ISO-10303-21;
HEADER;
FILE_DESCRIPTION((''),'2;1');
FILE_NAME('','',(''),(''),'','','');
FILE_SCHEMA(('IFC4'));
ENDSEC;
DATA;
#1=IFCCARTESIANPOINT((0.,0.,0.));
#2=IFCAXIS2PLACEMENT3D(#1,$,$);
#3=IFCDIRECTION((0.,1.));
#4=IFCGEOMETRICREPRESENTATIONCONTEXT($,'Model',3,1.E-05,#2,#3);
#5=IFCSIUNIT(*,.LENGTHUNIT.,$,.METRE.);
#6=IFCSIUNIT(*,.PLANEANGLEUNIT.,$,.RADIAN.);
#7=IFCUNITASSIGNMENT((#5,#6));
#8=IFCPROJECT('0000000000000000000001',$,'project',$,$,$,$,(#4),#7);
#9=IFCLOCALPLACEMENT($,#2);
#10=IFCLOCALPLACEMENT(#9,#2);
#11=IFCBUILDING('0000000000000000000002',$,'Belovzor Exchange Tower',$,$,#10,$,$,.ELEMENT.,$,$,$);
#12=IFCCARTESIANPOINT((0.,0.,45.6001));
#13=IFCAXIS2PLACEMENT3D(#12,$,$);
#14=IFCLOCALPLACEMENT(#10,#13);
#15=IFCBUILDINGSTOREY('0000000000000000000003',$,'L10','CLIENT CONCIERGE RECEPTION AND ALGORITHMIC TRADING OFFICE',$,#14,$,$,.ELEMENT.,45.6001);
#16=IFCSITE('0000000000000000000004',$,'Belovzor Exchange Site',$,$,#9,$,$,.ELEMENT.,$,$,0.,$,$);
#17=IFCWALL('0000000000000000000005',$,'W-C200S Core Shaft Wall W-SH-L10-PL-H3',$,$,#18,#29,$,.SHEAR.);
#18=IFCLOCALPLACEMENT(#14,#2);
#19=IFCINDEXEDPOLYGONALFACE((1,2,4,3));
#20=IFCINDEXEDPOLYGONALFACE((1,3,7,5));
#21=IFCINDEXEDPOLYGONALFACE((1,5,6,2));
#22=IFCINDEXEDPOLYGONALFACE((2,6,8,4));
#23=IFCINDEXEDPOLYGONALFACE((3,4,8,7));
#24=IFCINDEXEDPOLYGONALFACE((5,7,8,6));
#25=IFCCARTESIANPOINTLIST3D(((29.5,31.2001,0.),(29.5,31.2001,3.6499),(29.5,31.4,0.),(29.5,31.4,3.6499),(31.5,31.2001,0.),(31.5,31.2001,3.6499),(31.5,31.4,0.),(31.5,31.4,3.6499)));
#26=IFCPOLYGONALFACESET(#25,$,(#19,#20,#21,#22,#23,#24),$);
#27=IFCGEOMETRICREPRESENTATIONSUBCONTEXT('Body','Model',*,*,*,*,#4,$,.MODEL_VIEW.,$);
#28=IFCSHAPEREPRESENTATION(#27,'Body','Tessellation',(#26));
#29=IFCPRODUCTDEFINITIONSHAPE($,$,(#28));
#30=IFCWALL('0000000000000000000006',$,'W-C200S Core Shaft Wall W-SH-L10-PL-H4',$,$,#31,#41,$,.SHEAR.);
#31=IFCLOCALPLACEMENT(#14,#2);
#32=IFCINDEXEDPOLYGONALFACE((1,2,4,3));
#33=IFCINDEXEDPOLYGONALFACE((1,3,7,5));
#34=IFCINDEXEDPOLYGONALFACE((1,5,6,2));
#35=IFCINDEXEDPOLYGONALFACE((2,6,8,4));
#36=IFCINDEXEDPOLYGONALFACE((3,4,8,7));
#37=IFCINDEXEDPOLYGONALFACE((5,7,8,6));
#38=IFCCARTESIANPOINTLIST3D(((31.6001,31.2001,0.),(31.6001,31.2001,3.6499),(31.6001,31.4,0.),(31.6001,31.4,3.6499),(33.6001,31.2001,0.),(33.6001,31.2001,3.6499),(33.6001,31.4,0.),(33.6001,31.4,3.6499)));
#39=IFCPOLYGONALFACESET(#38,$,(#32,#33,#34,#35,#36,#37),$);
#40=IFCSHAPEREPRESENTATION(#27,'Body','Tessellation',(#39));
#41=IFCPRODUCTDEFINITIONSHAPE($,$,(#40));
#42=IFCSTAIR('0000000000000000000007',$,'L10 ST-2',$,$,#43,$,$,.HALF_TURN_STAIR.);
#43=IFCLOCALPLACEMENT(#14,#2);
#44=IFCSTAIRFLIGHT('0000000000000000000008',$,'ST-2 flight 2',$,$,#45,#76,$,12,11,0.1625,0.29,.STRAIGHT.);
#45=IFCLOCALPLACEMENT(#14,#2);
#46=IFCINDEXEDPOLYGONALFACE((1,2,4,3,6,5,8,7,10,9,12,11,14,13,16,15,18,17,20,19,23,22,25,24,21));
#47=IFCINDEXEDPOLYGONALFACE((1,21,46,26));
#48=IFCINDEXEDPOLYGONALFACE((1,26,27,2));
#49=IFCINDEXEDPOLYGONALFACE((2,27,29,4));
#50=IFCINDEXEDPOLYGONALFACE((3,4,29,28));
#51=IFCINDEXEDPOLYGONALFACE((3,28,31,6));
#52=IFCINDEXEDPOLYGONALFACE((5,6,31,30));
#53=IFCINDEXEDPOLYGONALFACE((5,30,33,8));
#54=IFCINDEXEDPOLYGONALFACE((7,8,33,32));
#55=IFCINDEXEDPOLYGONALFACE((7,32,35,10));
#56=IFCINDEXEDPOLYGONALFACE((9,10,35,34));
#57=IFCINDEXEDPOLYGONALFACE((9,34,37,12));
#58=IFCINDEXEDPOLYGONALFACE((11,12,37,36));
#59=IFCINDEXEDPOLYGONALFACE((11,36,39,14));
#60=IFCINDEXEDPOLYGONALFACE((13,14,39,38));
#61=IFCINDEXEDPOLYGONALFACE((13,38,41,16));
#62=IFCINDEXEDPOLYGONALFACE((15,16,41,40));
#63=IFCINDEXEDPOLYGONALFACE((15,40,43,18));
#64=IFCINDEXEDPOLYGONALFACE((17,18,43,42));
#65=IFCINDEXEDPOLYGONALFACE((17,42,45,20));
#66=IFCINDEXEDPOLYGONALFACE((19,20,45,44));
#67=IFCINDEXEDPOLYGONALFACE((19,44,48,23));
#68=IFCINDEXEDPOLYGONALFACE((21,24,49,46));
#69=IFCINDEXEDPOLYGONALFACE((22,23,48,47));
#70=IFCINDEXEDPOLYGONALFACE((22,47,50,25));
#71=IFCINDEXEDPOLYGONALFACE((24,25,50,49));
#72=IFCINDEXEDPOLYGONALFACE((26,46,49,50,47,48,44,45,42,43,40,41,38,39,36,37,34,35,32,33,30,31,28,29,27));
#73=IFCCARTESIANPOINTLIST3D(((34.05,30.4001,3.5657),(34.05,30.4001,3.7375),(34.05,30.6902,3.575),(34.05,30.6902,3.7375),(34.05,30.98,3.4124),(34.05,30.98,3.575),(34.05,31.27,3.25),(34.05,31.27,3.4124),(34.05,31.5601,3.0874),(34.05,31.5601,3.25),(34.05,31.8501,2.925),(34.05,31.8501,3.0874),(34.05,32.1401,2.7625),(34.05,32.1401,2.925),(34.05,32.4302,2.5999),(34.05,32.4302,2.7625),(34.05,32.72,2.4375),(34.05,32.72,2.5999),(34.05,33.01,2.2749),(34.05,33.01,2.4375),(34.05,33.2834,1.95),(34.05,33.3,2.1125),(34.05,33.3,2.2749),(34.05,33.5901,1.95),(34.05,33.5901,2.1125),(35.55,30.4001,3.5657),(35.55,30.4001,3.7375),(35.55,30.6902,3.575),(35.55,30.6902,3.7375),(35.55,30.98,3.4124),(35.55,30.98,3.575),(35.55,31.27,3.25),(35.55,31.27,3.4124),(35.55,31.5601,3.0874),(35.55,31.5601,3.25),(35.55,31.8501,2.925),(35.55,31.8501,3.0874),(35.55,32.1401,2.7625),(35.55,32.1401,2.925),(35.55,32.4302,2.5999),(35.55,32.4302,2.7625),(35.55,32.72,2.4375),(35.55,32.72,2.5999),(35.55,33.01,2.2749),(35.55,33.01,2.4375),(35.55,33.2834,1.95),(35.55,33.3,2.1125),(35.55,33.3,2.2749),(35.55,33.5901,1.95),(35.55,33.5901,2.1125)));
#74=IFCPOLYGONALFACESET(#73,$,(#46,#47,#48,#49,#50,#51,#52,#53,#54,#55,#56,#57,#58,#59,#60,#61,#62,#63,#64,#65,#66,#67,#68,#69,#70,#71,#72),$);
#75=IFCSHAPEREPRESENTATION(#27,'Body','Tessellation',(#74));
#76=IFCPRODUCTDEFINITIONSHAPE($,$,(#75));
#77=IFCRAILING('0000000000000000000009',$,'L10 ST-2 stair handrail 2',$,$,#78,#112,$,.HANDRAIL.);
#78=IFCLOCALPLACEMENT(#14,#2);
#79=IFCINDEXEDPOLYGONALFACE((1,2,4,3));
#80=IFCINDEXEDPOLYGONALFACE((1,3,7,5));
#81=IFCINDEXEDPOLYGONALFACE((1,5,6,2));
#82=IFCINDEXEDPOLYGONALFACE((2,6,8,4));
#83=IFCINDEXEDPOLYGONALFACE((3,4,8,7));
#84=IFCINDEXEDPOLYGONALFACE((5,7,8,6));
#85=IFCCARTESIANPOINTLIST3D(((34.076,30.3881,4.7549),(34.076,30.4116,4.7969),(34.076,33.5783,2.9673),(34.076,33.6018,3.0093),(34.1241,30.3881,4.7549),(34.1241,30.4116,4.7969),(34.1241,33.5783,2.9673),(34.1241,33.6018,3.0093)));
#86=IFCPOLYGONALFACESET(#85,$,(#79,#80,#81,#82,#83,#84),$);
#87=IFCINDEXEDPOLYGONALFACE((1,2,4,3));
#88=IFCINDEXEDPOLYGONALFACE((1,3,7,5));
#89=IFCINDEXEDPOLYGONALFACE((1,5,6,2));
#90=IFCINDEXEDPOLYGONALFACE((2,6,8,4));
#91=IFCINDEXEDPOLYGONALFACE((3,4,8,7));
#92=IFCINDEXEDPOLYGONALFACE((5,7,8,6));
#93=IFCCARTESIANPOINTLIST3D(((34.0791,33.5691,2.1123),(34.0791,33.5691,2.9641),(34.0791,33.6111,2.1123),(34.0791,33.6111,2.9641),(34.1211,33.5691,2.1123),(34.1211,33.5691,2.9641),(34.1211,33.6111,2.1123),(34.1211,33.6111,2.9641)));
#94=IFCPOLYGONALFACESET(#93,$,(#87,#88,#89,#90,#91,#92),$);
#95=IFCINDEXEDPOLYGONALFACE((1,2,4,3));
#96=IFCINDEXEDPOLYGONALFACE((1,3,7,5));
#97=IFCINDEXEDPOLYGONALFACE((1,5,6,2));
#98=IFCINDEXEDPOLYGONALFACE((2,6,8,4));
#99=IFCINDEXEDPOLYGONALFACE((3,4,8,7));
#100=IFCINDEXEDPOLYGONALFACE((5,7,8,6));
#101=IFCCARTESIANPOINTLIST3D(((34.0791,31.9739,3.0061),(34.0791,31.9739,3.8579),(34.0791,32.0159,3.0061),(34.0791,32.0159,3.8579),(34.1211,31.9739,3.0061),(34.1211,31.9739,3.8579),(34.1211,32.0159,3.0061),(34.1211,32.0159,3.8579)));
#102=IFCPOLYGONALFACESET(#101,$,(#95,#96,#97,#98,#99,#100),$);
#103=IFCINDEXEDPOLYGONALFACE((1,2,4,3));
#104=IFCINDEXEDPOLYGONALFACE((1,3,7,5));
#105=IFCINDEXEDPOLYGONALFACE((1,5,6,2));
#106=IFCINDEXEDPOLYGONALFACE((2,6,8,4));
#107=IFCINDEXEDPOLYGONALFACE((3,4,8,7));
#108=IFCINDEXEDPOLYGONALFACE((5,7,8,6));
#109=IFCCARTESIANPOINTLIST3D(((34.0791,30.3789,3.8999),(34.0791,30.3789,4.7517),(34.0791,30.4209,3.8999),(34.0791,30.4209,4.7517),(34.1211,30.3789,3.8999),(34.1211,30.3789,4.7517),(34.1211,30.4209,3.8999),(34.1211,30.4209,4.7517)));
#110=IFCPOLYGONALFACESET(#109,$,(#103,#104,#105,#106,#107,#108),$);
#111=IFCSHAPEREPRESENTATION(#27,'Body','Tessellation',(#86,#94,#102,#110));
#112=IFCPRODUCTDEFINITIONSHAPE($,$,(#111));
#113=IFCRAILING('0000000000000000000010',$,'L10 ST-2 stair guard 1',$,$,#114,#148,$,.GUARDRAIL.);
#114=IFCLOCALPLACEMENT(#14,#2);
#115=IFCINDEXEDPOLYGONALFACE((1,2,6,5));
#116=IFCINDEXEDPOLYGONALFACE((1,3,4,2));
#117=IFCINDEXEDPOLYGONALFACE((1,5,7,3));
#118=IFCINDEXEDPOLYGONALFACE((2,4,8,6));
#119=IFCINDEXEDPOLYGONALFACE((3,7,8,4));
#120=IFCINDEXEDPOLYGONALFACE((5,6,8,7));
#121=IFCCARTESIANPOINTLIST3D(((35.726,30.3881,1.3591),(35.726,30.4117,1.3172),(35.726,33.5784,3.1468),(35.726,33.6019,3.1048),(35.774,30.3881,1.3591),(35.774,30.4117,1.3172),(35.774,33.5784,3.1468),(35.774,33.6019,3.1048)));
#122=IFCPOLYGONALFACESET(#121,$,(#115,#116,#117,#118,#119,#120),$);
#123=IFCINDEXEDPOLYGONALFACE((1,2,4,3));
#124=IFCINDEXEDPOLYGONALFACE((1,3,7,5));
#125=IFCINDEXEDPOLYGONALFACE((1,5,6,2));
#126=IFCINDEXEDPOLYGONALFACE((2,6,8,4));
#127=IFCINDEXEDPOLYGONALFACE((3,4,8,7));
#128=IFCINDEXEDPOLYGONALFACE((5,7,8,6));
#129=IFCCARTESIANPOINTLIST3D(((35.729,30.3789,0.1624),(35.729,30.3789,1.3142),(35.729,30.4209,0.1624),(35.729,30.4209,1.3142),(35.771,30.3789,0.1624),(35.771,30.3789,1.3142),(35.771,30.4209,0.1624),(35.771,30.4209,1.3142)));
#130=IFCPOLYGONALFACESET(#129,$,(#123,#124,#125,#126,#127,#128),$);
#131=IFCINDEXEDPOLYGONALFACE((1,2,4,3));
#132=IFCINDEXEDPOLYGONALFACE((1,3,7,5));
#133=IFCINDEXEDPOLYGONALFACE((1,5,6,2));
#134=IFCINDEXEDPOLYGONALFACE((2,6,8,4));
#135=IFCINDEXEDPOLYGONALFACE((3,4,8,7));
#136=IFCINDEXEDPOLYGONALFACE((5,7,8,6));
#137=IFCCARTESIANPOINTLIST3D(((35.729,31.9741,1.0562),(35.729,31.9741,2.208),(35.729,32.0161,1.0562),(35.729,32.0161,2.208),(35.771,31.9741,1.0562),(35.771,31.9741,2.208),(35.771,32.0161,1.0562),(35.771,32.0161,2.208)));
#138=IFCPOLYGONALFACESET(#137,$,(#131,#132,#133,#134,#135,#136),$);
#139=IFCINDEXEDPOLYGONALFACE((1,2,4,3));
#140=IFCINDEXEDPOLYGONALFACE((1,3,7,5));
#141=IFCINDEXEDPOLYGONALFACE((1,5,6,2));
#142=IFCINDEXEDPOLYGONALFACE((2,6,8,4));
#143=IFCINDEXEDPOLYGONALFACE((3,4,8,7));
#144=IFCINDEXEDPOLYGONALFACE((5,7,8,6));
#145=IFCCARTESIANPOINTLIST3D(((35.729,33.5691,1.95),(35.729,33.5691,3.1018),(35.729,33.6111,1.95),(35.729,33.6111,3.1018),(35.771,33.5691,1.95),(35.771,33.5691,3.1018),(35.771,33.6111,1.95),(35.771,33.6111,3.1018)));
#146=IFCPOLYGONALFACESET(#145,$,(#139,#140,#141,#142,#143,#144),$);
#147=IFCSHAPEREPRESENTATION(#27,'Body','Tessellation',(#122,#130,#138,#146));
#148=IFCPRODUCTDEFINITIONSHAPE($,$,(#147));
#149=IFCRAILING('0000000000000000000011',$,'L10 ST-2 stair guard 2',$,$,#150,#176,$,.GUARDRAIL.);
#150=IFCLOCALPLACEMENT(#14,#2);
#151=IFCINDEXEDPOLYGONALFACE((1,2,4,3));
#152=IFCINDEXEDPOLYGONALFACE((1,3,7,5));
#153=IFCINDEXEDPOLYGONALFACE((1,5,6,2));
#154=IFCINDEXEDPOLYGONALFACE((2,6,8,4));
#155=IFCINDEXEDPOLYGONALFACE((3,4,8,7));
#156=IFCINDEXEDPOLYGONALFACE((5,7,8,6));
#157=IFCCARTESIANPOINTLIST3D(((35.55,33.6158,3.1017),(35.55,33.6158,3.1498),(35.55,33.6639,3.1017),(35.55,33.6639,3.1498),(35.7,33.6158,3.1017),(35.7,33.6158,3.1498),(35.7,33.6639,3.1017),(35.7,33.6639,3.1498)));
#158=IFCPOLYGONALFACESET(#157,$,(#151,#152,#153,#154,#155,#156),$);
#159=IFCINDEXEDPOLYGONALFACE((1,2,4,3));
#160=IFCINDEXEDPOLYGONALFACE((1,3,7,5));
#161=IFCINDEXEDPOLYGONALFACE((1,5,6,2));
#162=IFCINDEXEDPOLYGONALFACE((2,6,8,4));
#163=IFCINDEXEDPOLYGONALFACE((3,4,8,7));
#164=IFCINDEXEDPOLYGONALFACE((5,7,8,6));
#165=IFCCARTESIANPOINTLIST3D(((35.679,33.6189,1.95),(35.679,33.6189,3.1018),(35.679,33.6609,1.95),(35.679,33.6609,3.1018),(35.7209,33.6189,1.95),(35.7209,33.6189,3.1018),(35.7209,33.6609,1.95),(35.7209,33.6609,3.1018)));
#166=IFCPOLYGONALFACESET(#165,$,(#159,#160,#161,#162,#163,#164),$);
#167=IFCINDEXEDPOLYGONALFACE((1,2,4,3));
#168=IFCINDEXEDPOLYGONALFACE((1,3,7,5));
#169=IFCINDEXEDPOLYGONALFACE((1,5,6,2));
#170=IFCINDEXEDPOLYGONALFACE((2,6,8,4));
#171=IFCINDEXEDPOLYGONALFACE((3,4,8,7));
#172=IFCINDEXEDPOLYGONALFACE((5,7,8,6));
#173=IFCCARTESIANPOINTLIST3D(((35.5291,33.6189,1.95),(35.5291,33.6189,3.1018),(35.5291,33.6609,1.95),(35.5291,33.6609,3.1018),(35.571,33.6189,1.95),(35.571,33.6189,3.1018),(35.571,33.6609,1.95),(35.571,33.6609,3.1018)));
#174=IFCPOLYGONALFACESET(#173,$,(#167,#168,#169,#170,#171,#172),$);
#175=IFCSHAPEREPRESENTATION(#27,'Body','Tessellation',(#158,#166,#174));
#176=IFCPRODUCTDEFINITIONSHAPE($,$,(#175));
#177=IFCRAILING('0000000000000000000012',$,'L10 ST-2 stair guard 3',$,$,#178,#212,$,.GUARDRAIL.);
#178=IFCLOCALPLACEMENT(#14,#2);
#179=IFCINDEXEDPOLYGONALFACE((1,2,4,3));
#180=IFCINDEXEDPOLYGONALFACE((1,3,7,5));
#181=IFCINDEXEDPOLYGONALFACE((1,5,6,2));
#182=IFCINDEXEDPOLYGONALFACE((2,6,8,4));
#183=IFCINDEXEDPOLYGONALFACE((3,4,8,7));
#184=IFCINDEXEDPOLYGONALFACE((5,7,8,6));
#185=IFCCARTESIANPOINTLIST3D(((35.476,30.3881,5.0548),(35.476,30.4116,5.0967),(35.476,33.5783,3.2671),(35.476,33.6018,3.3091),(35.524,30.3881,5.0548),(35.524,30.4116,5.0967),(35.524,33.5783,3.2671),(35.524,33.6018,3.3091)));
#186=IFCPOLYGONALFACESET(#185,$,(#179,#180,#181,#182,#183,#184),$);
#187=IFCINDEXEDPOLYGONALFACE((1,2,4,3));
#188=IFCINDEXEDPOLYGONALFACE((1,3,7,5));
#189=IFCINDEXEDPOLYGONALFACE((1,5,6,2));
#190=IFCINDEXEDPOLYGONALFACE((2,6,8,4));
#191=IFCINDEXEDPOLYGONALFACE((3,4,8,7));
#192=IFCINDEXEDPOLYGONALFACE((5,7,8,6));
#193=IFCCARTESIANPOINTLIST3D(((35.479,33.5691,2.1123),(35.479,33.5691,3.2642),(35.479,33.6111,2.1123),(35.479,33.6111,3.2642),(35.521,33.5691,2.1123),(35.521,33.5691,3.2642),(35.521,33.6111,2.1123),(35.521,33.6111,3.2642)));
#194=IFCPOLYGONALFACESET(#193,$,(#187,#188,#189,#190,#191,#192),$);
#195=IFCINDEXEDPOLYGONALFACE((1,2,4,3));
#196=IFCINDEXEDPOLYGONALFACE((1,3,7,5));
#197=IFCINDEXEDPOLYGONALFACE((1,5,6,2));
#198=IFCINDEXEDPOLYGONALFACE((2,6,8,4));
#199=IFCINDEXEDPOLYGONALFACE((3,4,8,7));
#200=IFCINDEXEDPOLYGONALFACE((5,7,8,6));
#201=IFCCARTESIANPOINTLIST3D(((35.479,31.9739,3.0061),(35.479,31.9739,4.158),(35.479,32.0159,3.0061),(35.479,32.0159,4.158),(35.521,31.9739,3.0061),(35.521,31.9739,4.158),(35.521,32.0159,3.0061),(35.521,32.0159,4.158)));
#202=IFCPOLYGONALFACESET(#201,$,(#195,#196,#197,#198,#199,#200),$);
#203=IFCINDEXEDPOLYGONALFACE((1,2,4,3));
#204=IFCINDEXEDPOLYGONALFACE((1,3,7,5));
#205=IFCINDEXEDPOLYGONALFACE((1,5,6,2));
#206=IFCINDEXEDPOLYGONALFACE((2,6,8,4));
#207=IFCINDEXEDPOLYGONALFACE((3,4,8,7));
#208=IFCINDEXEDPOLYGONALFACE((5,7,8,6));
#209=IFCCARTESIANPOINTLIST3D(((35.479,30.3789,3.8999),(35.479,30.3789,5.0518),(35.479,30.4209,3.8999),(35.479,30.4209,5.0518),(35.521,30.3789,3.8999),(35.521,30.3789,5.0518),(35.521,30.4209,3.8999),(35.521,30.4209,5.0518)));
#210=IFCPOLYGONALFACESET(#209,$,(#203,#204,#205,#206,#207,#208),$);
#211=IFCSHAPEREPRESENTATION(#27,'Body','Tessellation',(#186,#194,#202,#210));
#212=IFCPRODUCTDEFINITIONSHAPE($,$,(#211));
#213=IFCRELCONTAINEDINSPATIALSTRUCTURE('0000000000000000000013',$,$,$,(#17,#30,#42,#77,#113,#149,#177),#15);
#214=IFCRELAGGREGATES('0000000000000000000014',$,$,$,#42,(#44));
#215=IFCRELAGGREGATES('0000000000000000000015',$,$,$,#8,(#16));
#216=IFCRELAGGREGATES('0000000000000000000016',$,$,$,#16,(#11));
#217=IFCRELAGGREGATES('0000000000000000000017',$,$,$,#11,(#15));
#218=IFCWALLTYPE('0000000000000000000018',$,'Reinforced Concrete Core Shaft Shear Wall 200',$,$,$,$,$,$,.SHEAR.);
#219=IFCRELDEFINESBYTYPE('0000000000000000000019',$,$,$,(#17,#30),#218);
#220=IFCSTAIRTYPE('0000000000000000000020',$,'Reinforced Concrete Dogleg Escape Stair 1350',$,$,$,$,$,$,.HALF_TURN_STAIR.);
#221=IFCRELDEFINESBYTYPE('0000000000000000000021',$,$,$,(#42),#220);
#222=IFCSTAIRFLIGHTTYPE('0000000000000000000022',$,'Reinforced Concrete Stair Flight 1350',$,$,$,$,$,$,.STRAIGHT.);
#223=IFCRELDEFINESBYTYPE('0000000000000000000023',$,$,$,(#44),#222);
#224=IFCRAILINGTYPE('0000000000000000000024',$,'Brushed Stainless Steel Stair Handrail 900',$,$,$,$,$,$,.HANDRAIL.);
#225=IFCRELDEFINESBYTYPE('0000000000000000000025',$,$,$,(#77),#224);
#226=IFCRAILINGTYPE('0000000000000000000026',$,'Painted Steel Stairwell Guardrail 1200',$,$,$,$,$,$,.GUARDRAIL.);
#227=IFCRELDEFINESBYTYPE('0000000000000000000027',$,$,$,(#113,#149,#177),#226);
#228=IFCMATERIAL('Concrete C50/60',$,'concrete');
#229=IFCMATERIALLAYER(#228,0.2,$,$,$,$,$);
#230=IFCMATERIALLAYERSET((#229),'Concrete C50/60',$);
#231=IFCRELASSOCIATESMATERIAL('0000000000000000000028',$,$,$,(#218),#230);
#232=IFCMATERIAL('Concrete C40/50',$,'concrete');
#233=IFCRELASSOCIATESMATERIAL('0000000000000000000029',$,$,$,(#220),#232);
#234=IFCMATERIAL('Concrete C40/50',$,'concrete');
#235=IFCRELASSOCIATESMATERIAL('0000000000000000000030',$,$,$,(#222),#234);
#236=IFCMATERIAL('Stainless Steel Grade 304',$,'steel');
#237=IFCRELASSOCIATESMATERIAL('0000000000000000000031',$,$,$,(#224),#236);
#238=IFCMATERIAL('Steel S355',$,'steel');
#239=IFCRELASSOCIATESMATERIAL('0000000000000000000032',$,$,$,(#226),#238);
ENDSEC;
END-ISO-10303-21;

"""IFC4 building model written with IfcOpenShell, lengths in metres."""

from ifc_helpers import new_model, si_unit, direction, frame, frame_2d, origin, origin_2d, place, context, subcontext, project, spatial, polyline, rectangle, outline, extrude, material, layer, layer_set, type_object, element, aggregate, save


model = new_model("IFC4")

# Units and contexts
model_context = context("Model", 3, precision=1e-05, world=origin(), true_north=direction((0.0, 1.0)))
body_context = subcontext(model_context, "Body", "Model", "MODEL_VIEW")
ifc_project = project(units=[si_unit("LENGTHUNIT", "METRE"), si_unit("PLANEANGLEUNIT", "RADIAN")], contexts=[model_context])

# Site, building, storey
site_placement = place(None, origin())
site = spatial("IfcSite", under=ifc_project, at=site_placement, Name="Belovzor Exchange Site", CompositionType="ELEMENT", RefElevation=0.0)
building_placement = place(site_placement, origin())
building = spatial("IfcBuilding", under=site, at=building_placement, Name="Belovzor Exchange Tower", CompositionType="ELEMENT")
storey_placement = place(building_placement, frame((0.0, 0.0, 45.6001)))
storey = spatial("IfcBuildingStorey", under=building, at=storey_placement, Name="L10", Description="CLIENT CONCIERGE RECEPTION AND ALGORITHMIC TRADING OFFICE", CompositionType="ELEMENT", Elevation=45.6001)

# Walls
ifc_material_1 = material(Name="Concrete C50/60", Category="concrete")
ifc_layer_1 = layer(ifc_material_1, 0.2)
ifc_layer_set_1 = layer_set([ifc_layer_1], Name="Concrete C50/60")
wall_type_1 = type_object("IfcWallType", Name="Reinforced Concrete Core Shaft Shear Wall 200", PredefinedType="SHEAR", material=ifc_layer_set_1)
for number, where, z_axis, x_axis, name in (
    (1, (29.5, 31.3, 0.0), (0.0, 0.0, 1.0), (1.0, 0.0, 0.0), "W-C200S Core Shaft Wall W-SH-L10-PL-H3"),
    (2, (31.6001, 31.3, 0.0), (0.0, 0.0, 1.0), (1.0, 0.0, 0.0), "W-C200S Core Shaft Wall W-SH-L10-PL-H4"),
):
    element("IfcWall", number, at=place(storey_placement, frame(where, z_axis=z_axis, x_axis=x_axis)), inside=storey, type_object=wall_type_1, Name=name, PredefinedType="SHEAR", context=body_context, shape_type="SweptSolid", body=[
        extrude(rectangle(XDim=2.0, YDim=0.2, at=frame_2d((1.0, 0.0))), origin(), (0.0, 0.0, 1.0), 3.6499),
    ])

# Stair, stair flight
ifc_material_2 = material(Name="Concrete C40/50", Category="concrete")
stair_type = type_object("IfcStairType", Name="Reinforced Concrete Dogleg Escape Stair 1350", PredefinedType="HALF_TURN_STAIR", material=ifc_material_2)
stair_placement = place(storey_placement, origin())
stair = element("IfcStair", 3, at=stair_placement, inside=storey, type_object=stair_type, Name="L10 ST-2", PredefinedType="HALF_TURN_STAIR")
ifc_material_3 = material(Name="Concrete C40/50", Category="concrete")
stair_flight_type = type_object("IfcStairFlightType", Name="Reinforced Concrete Stair Flight 1350", PredefinedType="STRAIGHT", material=ifc_material_3)
stair_flight_placement = place(storey_placement, frame((34.8, 33.5901, 1.95), z_axis=(0.0, 0.0, 1.0), x_axis=(0.0, -1.0, 0.0)))
stair_flight = element("IfcStairFlight", 4, at=stair_flight_placement, type_object=stair_flight_type, Name="ST-2 flight 2", NumberOfRisers=12, NumberOfTreads=11, PredefinedType="STRAIGHT", RiserHeight=0.1625, TreadLength=0.29, context=body_context, shape_type="SweptSolid", body=[
    extrude(outline(polyline([(0.0, 0.0), (0.0, 0.1626), (0.29, 0.1626), (0.29, 0.325), (0.5801, 0.325), (0.5801, 0.4875), (0.8701, 0.4875), (0.8701, 0.6499), (1.1599, 0.6499), (1.1599, 0.8125), (1.45, 0.8125), (1.45, 0.9751), (1.74, 0.9751), (1.74, 1.1375), (2.03, 1.1375), (2.03, 1.3), (2.3201, 1.3), (2.3201, 1.4624), (2.6101, 1.4624), (2.6101, 1.625), (2.8999, 1.625), (2.8999, 1.7876), (3.1899, 1.7876), (3.1899, 1.95), (3.1899, 1.6157), (0.3066, 0.0), (0.0, 0.0)])), frame((0.0, 0.75, 0.0), z_axis=(0.0, -1.0, 0.0), x_axis=(1.0, 0.0, 0.0)), (0.0, 0.0, 1.0), 1.5),
])
aggregate(stair, [stair_flight])

# Railings
ifc_material_4 = material(Name="Stainless Steel Grade 304", Category="steel")
railing_type_1 = type_object("IfcRailingType", Name="Brushed Stainless Steel Stair Handrail 900", PredefinedType="HANDRAIL", material=ifc_material_4)
railing_1_placement = place(storey_placement, frame((34.1001, 33.5901, 2.1123)))
element("IfcRailing", 5, at=railing_1_placement, inside=storey, type_object=railing_type_1, Name="L10 ST-2 stair handrail 2", PredefinedType="HANDRAIL", context=body_context, shape_type="SweptSolid", body=[
    extrude(rectangle(XDim=0.0481, YDim=0.0481, at=origin_2d()), frame((0.0, 0.0, 0.876), z_axis=(0.0, -0.872378, 0.488831), x_axis=(1.0, 0.0, 0.0)), (0.0, 0.0, 1.0), 3.657),
    extrude(rectangle(XDim=0.042, YDim=0.042, at=origin_2d()), origin(), (0.0, 0.0, 1.0), 0.8518),
    extrude(rectangle(XDim=0.042, YDim=0.042, at=origin_2d()), frame((0.0, -1.5952, 0.8938)), (0.0, 0.0, 1.0), 0.8518),
    extrude(rectangle(XDim=0.042, YDim=0.042, at=origin_2d()), frame((0.0, -3.1902, 1.7876)), (0.0, 0.0, 1.0), 0.8518),
])
ifc_material_5 = material(Name="Steel S355", Category="steel")
railing_type_2 = type_object("IfcRailingType", Name="Painted Steel Stairwell Guardrail 1200", PredefinedType="GUARDRAIL", material=ifc_material_5)
railing_2_placement = place(storey_placement, frame((35.75, 30.3999, 0.1624)))
element("IfcRailing", 6, at=railing_2_placement, inside=storey, type_object=railing_type_2, Name="L10 ST-2 stair guard 1", PredefinedType="GUARDRAIL", context=body_context, shape_type="SweptSolid", body=[
    extrude(rectangle(XDim=0.0481, YDim=0.0481, at=origin_2d()), frame((0.0, 0.0, 1.1758), z_axis=(0.0, 0.872378, 0.488831), x_axis=(-1.0, 0.0, 0.0)), (0.0, 0.0, 1.0), 3.657),
    extrude(rectangle(XDim=0.042, YDim=0.042, at=origin_2d()), origin(), (0.0, 0.0, 1.0), 1.1519),
    extrude(rectangle(XDim=0.042, YDim=0.042, at=origin_2d()), frame((0.0, 1.5952, 0.8938)), (0.0, 0.0, 1.0), 1.1519),
    extrude(rectangle(XDim=0.042, YDim=0.042, at=origin_2d()), frame((0.0, 3.1902, 1.7876)), (0.0, 0.0, 1.0), 1.1519),
])
railing_3_placement = place(storey_placement, frame((35.7, 33.6399, 1.95)))
element("IfcRailing", 7, at=railing_3_placement, inside=storey, type_object=railing_type_2, Name="L10 ST-2 stair guard 2", PredefinedType="GUARDRAIL", context=body_context, shape_type="SweptSolid", body=[
    extrude(rectangle(XDim=0.0481, YDim=0.0481, at=origin_2d()), frame((0.0, 0.0, 1.1758), z_axis=(-1.0, 0.0, 0.0), x_axis=(0.0, -1.0, 0.0)), (0.0, 0.0, 1.0), 0.1499),
    extrude(rectangle(XDim=0.042, YDim=0.042, at=origin_2d()), origin(), (0.0, 0.0, 1.0), 1.1519),
    extrude(rectangle(XDim=0.042, YDim=0.042, at=origin_2d()), frame((-0.1499, 0.0, 0.0)), (0.0, 0.0, 1.0), 1.1519),
])
railing_4_placement = place(storey_placement, frame((35.5, 33.5901, 2.1123)))
element("IfcRailing", 8, at=railing_4_placement, inside=storey, type_object=railing_type_2, Name="L10 ST-2 stair guard 3", PredefinedType="GUARDRAIL", context=body_context, shape_type="SweptSolid", body=[
    extrude(rectangle(XDim=0.0481, YDim=0.0481, at=origin_2d()), frame((0.0, 0.0, 1.1758), z_axis=(0.0, -0.872378, 0.488831), x_axis=(1.0, 0.0, 0.0)), (0.0, 0.0, 1.0), 3.657),
    extrude(rectangle(XDim=0.042, YDim=0.042, at=origin_2d()), origin(), (0.0, 0.0, 1.0), 1.1519),
    extrude(rectangle(XDim=0.042, YDim=0.042, at=origin_2d()), frame((0.0, -1.5952, 0.8938)), (0.0, 0.0, 1.0), 1.1519),
    extrude(rectangle(XDim=0.042, YDim=0.042, at=origin_2d()), frame((0.0, -3.1902, 1.7876)), (0.0, 0.0, 1.0), 1.1519),
])

save(model, "model.ifc")
